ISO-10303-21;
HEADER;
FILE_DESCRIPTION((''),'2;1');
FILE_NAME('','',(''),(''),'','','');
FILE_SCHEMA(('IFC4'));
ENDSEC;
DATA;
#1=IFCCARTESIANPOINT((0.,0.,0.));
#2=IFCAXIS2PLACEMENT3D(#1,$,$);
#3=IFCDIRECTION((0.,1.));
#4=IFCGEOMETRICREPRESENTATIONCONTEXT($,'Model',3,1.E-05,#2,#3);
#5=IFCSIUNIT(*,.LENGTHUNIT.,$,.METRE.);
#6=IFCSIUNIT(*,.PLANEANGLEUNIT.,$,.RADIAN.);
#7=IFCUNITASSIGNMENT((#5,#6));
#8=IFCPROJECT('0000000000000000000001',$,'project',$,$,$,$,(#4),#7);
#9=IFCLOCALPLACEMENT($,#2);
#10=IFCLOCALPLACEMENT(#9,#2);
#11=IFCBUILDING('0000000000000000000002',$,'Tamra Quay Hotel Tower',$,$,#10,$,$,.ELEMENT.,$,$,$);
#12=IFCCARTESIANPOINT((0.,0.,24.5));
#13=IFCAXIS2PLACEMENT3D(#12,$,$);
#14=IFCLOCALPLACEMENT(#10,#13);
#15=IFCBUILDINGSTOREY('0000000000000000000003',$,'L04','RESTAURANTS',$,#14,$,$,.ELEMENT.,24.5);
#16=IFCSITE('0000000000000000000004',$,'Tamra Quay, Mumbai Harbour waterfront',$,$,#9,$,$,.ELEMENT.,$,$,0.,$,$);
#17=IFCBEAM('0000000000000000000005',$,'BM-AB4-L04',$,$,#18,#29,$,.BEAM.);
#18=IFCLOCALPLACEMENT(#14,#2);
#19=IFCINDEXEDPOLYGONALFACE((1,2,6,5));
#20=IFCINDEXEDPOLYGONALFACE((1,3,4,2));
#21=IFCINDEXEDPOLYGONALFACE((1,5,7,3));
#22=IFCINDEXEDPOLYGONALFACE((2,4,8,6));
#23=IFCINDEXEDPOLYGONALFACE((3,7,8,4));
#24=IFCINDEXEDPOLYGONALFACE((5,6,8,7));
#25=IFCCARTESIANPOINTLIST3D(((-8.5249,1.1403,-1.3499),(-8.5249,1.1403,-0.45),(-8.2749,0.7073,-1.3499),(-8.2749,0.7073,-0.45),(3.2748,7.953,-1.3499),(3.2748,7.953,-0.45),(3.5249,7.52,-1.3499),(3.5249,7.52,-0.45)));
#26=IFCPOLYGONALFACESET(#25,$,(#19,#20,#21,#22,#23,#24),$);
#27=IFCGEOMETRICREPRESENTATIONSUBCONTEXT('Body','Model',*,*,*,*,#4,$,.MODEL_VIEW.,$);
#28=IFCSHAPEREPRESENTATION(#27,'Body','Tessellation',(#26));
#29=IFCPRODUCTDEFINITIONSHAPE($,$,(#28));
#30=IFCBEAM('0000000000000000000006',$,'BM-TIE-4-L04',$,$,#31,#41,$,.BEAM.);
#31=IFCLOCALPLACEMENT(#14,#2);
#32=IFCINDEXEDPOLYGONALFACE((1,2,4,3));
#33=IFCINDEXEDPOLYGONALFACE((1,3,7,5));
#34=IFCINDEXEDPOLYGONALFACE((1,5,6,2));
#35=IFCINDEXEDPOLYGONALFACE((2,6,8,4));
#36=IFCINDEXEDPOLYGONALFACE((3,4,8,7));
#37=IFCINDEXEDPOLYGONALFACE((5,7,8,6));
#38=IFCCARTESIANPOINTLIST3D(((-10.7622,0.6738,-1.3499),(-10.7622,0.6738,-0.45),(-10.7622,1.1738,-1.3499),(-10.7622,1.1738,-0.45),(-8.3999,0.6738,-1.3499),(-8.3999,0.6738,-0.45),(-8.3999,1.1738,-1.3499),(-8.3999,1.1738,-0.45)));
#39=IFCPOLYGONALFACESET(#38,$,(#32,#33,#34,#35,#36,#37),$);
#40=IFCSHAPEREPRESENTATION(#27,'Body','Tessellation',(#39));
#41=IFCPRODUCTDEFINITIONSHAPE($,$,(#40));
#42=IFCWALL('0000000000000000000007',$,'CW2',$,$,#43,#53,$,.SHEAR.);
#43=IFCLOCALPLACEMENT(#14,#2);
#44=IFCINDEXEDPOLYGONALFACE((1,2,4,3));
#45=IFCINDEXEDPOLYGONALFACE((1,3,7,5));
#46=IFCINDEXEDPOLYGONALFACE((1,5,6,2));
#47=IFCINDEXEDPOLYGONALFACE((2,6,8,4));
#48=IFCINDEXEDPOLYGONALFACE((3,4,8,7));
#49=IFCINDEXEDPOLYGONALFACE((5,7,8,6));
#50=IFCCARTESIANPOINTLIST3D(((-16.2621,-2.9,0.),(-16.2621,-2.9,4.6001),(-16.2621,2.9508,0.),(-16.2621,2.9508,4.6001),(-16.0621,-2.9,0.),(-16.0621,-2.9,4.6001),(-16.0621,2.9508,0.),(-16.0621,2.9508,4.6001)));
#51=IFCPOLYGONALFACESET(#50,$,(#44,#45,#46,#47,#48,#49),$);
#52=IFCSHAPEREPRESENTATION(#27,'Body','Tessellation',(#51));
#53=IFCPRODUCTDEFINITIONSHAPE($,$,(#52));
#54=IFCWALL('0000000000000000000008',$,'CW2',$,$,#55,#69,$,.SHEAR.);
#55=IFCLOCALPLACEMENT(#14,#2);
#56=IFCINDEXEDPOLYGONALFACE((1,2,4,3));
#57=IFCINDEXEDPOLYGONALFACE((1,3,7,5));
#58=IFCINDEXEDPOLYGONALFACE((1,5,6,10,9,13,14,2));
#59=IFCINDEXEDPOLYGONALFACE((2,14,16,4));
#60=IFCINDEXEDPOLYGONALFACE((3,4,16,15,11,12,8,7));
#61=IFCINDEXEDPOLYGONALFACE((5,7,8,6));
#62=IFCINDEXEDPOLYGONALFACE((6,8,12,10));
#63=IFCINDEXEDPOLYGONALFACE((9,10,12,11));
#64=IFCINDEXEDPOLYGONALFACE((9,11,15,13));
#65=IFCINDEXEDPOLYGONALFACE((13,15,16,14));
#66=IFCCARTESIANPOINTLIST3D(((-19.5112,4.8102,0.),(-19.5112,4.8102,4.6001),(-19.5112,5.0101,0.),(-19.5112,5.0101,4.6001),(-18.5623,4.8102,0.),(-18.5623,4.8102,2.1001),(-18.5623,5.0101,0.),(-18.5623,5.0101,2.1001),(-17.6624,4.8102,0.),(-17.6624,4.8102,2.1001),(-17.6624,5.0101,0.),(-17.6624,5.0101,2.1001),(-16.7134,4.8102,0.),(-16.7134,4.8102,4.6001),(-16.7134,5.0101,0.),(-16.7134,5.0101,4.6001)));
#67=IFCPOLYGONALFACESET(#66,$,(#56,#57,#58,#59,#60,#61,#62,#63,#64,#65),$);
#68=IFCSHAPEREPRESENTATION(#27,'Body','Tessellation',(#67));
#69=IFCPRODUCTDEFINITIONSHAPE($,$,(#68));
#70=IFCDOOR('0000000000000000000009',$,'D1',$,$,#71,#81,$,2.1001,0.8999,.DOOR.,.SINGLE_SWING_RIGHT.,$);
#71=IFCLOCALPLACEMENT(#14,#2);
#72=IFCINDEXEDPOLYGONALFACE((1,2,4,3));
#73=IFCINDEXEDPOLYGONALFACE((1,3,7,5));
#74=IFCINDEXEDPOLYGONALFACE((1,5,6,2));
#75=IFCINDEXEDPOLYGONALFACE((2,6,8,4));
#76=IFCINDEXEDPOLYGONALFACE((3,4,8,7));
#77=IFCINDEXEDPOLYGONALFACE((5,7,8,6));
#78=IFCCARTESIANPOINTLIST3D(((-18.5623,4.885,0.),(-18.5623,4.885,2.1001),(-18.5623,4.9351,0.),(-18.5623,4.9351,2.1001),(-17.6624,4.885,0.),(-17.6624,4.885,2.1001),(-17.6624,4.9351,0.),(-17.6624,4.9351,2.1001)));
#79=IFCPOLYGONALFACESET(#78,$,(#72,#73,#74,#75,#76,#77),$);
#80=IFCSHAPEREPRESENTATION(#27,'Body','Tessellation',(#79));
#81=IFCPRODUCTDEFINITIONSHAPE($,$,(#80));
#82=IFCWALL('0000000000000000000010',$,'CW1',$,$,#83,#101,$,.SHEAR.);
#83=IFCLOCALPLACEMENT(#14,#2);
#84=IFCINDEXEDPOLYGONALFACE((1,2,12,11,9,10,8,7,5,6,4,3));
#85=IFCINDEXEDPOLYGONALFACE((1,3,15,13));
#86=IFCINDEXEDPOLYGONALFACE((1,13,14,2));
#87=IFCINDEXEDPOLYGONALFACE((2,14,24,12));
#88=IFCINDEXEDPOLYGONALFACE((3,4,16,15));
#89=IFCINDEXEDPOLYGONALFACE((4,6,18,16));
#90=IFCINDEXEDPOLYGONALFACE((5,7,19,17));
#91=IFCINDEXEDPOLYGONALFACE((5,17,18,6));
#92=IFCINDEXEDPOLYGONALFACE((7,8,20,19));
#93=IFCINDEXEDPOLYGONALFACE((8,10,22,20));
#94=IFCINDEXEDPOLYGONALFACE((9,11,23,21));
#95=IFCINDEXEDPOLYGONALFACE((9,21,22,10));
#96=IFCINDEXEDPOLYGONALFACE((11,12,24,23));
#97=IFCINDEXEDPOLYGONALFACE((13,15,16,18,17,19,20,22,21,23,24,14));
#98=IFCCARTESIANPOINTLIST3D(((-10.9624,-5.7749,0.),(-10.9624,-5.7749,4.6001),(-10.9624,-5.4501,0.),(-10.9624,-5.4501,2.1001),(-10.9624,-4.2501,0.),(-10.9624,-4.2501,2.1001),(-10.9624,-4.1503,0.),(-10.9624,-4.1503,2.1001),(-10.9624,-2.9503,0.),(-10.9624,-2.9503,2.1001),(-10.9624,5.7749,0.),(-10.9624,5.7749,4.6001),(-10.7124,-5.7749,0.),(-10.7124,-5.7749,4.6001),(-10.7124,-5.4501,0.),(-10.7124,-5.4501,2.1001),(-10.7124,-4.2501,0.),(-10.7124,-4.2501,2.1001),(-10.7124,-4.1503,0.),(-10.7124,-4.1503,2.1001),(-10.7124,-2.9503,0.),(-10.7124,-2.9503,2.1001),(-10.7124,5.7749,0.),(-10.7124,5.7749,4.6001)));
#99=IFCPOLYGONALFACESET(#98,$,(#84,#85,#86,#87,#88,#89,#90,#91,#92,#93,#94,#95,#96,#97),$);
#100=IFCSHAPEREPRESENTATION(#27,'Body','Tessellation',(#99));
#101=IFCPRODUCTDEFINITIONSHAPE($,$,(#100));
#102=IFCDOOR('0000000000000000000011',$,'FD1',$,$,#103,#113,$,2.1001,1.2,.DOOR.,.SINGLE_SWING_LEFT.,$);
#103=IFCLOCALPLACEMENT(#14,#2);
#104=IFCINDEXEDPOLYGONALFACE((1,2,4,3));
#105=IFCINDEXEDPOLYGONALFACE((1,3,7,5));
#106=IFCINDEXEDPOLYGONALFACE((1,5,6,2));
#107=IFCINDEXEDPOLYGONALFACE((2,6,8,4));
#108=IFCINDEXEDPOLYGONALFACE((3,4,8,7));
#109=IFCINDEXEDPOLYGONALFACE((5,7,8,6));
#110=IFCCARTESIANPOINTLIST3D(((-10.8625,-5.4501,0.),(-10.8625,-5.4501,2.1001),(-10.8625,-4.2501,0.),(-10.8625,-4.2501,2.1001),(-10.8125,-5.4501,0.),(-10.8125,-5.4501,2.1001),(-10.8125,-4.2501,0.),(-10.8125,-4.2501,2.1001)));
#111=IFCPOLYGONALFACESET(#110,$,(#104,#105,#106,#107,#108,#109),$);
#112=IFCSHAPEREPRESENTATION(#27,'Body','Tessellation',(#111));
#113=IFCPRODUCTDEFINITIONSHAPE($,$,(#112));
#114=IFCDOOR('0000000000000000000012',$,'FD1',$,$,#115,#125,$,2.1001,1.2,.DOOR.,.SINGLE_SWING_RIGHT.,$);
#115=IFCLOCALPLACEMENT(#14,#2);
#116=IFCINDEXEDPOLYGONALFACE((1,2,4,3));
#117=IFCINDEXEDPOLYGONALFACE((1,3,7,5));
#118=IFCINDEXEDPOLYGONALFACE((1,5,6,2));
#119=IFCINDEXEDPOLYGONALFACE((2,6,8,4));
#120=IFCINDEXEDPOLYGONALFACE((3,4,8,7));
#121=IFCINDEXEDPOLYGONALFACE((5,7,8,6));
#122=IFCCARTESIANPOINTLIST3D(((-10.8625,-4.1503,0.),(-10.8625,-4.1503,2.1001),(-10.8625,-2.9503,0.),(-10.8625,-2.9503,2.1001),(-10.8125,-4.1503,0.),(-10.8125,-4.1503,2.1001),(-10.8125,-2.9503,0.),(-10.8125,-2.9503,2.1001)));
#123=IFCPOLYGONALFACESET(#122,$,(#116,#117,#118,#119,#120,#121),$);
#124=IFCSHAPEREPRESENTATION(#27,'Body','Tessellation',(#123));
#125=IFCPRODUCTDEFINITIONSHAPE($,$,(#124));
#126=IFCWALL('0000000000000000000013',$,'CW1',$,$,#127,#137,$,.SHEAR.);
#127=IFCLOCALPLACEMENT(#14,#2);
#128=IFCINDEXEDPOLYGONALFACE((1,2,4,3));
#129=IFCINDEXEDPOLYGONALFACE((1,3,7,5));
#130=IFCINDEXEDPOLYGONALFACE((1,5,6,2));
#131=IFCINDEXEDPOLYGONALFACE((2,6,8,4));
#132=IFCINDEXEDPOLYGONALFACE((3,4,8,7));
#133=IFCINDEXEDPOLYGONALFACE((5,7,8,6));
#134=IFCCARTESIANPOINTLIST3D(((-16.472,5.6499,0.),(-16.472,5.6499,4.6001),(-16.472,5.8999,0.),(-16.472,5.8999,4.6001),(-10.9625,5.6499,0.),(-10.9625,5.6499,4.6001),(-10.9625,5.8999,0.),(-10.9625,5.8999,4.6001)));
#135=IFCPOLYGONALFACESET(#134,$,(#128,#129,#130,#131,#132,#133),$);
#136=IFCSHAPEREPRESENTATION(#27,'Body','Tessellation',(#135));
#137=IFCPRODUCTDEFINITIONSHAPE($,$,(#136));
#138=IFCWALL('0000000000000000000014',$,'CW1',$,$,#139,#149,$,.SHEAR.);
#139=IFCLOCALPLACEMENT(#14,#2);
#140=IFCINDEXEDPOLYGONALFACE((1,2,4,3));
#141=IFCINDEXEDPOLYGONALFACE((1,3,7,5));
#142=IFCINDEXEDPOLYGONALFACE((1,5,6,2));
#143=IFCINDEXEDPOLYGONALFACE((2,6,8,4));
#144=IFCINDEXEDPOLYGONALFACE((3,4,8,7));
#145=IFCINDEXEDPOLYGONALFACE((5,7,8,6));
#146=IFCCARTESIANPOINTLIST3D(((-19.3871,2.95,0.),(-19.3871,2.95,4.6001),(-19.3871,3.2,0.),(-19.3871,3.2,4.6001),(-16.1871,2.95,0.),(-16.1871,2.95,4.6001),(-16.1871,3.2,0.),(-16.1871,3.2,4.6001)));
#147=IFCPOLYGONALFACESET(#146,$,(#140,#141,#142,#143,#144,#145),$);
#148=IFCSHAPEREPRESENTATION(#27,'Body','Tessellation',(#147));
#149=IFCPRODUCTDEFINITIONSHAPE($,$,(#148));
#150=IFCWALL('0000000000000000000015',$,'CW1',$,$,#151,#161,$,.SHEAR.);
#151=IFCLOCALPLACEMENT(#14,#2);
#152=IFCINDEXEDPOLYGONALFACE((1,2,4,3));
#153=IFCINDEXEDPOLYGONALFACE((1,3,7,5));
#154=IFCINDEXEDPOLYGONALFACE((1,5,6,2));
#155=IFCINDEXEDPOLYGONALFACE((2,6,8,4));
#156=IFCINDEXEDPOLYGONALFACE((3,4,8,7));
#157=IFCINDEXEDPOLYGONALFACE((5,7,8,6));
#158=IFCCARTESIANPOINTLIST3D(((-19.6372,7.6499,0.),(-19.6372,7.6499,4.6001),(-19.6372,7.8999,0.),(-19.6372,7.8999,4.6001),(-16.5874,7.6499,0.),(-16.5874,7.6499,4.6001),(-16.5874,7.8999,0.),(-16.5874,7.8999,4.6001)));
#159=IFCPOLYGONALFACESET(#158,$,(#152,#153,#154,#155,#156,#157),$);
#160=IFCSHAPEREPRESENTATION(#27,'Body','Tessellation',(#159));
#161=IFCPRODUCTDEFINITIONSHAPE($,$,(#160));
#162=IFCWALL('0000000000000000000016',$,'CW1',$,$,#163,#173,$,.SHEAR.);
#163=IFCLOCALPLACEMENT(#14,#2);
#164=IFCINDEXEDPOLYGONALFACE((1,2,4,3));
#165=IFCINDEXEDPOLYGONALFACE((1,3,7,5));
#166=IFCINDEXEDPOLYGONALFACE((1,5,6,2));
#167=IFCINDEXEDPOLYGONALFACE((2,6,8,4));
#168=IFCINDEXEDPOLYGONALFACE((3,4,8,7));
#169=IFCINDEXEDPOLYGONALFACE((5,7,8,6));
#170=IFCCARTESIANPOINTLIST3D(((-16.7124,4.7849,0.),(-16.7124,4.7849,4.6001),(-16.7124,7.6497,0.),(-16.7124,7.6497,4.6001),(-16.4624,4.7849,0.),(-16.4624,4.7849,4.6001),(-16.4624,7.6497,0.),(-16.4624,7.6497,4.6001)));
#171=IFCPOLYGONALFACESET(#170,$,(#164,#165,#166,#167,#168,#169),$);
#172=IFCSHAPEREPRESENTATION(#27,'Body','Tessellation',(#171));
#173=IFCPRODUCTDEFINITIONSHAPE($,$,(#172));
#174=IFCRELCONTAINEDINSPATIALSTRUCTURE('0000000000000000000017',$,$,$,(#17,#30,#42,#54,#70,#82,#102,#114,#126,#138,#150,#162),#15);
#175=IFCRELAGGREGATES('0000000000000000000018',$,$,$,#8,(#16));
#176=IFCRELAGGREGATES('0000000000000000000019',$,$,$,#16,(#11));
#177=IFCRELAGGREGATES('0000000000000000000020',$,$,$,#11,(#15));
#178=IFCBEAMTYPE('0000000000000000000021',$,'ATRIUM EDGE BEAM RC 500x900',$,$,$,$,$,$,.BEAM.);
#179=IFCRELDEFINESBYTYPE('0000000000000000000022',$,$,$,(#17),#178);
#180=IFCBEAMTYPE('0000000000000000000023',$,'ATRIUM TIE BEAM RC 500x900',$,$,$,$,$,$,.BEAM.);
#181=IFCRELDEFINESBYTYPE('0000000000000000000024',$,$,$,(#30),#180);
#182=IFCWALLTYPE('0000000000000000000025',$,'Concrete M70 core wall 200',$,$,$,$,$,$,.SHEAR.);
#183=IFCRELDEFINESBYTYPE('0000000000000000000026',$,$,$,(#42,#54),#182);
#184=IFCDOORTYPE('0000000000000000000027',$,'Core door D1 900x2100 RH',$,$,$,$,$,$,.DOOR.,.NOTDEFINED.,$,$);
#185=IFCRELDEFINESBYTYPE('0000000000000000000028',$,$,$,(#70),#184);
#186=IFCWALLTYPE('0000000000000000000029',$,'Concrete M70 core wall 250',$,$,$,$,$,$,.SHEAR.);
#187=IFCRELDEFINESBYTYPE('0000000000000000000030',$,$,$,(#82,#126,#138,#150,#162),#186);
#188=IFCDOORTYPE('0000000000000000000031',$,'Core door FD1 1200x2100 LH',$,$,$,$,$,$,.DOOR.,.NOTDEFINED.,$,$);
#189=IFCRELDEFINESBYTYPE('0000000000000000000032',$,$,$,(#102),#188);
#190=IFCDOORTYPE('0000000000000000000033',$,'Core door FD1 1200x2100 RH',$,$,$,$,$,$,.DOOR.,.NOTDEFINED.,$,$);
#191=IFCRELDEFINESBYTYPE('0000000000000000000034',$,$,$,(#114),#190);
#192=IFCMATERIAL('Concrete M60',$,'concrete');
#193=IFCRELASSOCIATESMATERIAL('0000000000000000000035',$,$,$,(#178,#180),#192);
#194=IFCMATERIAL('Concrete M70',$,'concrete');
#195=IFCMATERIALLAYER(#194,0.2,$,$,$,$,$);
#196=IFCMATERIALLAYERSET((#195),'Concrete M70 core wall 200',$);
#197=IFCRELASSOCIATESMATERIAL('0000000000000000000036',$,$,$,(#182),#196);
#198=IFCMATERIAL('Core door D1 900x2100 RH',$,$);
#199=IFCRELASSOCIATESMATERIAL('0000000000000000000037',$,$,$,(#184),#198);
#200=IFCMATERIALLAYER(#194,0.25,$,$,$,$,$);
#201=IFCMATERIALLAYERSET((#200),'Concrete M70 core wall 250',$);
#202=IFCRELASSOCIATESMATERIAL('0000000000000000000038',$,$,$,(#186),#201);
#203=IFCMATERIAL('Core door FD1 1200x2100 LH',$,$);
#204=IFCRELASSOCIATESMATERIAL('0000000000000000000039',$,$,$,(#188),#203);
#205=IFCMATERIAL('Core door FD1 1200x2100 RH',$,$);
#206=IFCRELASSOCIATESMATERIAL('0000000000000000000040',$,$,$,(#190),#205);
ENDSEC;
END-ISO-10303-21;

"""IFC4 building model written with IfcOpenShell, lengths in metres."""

from ifc_helpers import new_model, si_unit, direction, frame, frame_2d, origin, origin_2d, place, context, subcontext, project, spatial, rectangle, extrude, material, layer, layer_set, material_profile, profile_set, type_object, element, fill, save


model = new_model("IFC4")

# Units and contexts
model_context = context("Model", 3, precision=1e-05, world=origin(), true_north=direction((0.0, 1.0)))
body_context = subcontext(model_context, "Body", "Model", "MODEL_VIEW")
ifc_project = project(units=[si_unit("LENGTHUNIT", "METRE"), si_unit("PLANEANGLEUNIT", "RADIAN")], contexts=[model_context])

# Site, building, storey
site_placement = place(None, origin())
site = spatial("IfcSite", under=ifc_project, at=site_placement, Name="Tamra Quay, Mumbai Harbour waterfront", CompositionType="ELEMENT", RefElevation=0.0)
building_placement = place(site_placement, origin())
building = spatial("IfcBuilding", under=site, at=building_placement, Name="Tamra Quay Hotel Tower", CompositionType="ELEMENT")
storey_placement = place(building_placement, frame((0.0, 0.0, 24.5)))
storey = spatial("IfcBuildingStorey", under=building, at=storey_placement, Name="L04", Description="RESTAURANTS", CompositionType="ELEMENT", Elevation=24.5)

# Beams
ifc_material_1 = material(Name="Concrete M60", Category="concrete")
ifc_material_profile_1 = material_profile(ifc_material_1, rectangle(XDim=0.5, YDim=0.8999, at=origin_2d()), Name="ATRIUM EDGE BEAM RC 500x900")
ifc_profile_set_1 = profile_set([ifc_material_profile_1], Name="Concrete M60")
beam_type_1 = type_object("IfcBeamType", Name="ATRIUM EDGE BEAM RC 500x900", PredefinedType="BEAM", material=ifc_profile_set_1)
beam_1_placement = place(storey_placement, frame((-8.3999, 0.9238, -0.8999), z_axis=(0.866021, 0.500007, 0.0), x_axis=(-0.500007, 0.866021, 0.0)))
element("IfcBeam", 1, at=beam_1_placement, inside=storey, type_object=beam_type_1, Name="BM-AB4-L04", PredefinedType="BEAM", context=body_context, shape_type="SweptSolid", body=[
    extrude(rectangle(XDim=0.5, YDim=0.8999, at=origin_2d()), origin(), (0.0, 0.0, 1.0), 13.6252),
])
ifc_material_profile_2 = material_profile(ifc_material_1, rectangle(XDim=0.5, YDim=0.8999, at=origin_2d()), Name="ATRIUM TIE BEAM RC 500x900")
ifc_profile_set_2 = profile_set([ifc_material_profile_2], Name="Concrete M60")
beam_type_2 = type_object("IfcBeamType", Name="ATRIUM TIE BEAM RC 500x900", PredefinedType="BEAM", material=ifc_profile_set_2)
beam_2_placement = place(storey_placement, frame((-8.3999, 0.9238, -0.8999), z_axis=(-1.0, 0.0, 0.0), x_axis=(0.0, -1.0, 0.0)))
element("IfcBeam", 2, at=beam_2_placement, inside=storey, type_object=beam_type_2, Name="BM-TIE-4-L04", PredefinedType="BEAM", context=body_context, shape_type="SweptSolid", body=[
    extrude(rectangle(XDim=0.5, YDim=0.8999, at=origin_2d()), origin(), (0.0, 0.0, 1.0), 2.3623),
])

# Wall
ifc_material_2 = material(Name="Concrete M70", Category="concrete")
ifc_layer_1 = layer(ifc_material_2, 0.2)
ifc_layer_set_1 = layer_set([ifc_layer_1], Name="Concrete M70 core wall 200")
wall_type_1 = type_object("IfcWallType", Name="Concrete M70 core wall 200", PredefinedType="SHEAR", material=ifc_layer_set_1)
wall_1_placement = place(storey_placement, frame((-16.1621, 2.9507, 0.0), z_axis=(0.0, 0.0, 1.0), x_axis=(0.0, -1.0, 0.0)))
element("IfcWall", 3, at=wall_1_placement, inside=storey, type_object=wall_type_1, Name="CW2", PredefinedType="SHEAR", context=body_context, shape_type="SweptSolid", body=[
    extrude(rectangle(XDim=5.8508, YDim=0.2, at=frame_2d((2.9253, 0.0))), origin(), (0.0, 0.0, 1.0), 4.6001),
])

# Wall, opening, door
wall_2_placement = place(storey_placement, frame((-19.5112, 4.9102, 0.0), z_axis=(0.0, 0.0, 1.0), x_axis=(1.0, 0.0, 0.0)))
wall_2 = element("IfcWall", 4, at=wall_2_placement, inside=storey, type_object=wall_type_1, Name="CW2", PredefinedType="SHEAR", context=body_context, shape_type="SweptSolid", body=[
    extrude(rectangle(XDim=2.7979, YDim=0.2, at=frame_2d((1.3989, 0.0))), origin(), (0.0, 0.0, 1.0), 4.6001),
])
opening_1_placement = place(wall_2_placement, frame((0.949, 0.0, 0.0)))
opening_1 = element("IfcOpeningElement", 5, at=opening_1_placement, cuts=wall_2, PredefinedType="OPENING", context=body_context, shape_type="SweptSolid", body=[
    extrude(rectangle(XDim=0.8999, YDim=2.1001, at=frame_2d((0.45, 1.05))), frame((0.0, 0.1099, 0.0), z_axis=(0.0, -1.0, 0.0), x_axis=(1.0, 0.0, 0.0)), (0.0, 0.0, 1.0), 0.22),
])
ifc_material_3 = material(Name="Core door D1 900x2100 RH")
door_type_1 = type_object("IfcDoorType", Name="Core door D1 900x2100 RH", OperationType="NOTDEFINED", PredefinedType="DOOR", material=ifc_material_3)
door_1_placement = place(opening_1_placement, origin())
door_1 = element("IfcDoor", 6, at=door_1_placement, inside=storey, type_object=door_type_1, Name="D1", OperationType="SINGLE_SWING_RIGHT", OverallHeight=2.1001, OverallWidth=0.8999, PredefinedType="DOOR", context=body_context, shape_type="SweptSolid", body=[
    extrude(rectangle(XDim=0.8999, YDim=2.1001, at=frame_2d((0.45, 1.05))), frame((0.0, 0.0249, 0.0), z_axis=(0.0, -1.0, 0.0), x_axis=(1.0, 0.0, 0.0)), (0.0, 0.0, 1.0), 0.05),
])
fill(opening_1, door_1)

# Wall, openings, doors
ifc_layer_2 = layer(ifc_material_2, 0.25)
ifc_layer_set_2 = layer_set([ifc_layer_2], Name="Concrete M70 core wall 250")
wall_type_2 = type_object("IfcWallType", Name="Concrete M70 core wall 250", PredefinedType="SHEAR", material=ifc_layer_set_2)
wall_3_placement = place(storey_placement, frame((-10.8374, 5.7749, 0.0), z_axis=(0.0, 0.0, 1.0), x_axis=(0.0, -1.0, 0.0)))
wall_3 = element("IfcWall", 7, at=wall_3_placement, inside=storey, type_object=wall_type_2, Name="CW1", PredefinedType="SHEAR", context=body_context, shape_type="SweptSolid", body=[
    extrude(rectangle(XDim=11.5498, YDim=0.25, at=frame_2d((5.7749, 0.0))), origin(), (0.0, 0.0, 1.0), 4.6001),
])
opening_2_placement = place(wall_3_placement, frame((10.0249, 0.0, 0.0)))
opening_2 = element("IfcOpeningElement", 8, at=opening_2_placement, cuts=wall_3, PredefinedType="OPENING", context=body_context, shape_type="SweptSolid", body=[
    extrude(rectangle(XDim=1.2, YDim=2.1001, at=frame_2d((0.6001, 1.05))), frame((0.0, 0.135, 0.0), z_axis=(0.0, -1.0, 0.0), x_axis=(1.0, 0.0, 0.0)), (0.0, 0.0, 1.0), 0.27),
])
opening_3_placement = place(wall_3_placement, frame((8.7251, 0.0, 0.0)))
opening_3 = element("IfcOpeningElement", 9, at=opening_3_placement, cuts=wall_3, PredefinedType="OPENING", context=body_context, shape_type="SweptSolid", body=[
    extrude(rectangle(XDim=1.2, YDim=2.1001, at=frame_2d((0.6001, 1.05))), frame((0.0, 0.135, 0.0), z_axis=(0.0, -1.0, 0.0), x_axis=(1.0, 0.0, 0.0)), (0.0, 0.0, 1.0), 0.27),
])
ifc_material_4 = material(Name="Core door FD1 1200x2100 LH")
door_type_2 = type_object("IfcDoorType", Name="Core door FD1 1200x2100 LH", OperationType="NOTDEFINED", PredefinedType="DOOR", material=ifc_material_4)
door_2_placement = place(opening_2_placement, origin())
door_2 = element("IfcDoor", 10, at=door_2_placement, inside=storey, type_object=door_type_2, Name="FD1", OperationType="SINGLE_SWING_LEFT", OverallHeight=2.1001, OverallWidth=1.2, PredefinedType="DOOR", context=body_context, shape_type="SweptSolid", body=[
    extrude(rectangle(XDim=1.2, YDim=2.1001, at=frame_2d((0.6001, 1.05))), frame((0.0, 0.0249, 0.0), z_axis=(0.0, -1.0, 0.0), x_axis=(1.0, 0.0, 0.0)), (0.0, 0.0, 1.0), 0.05),
])
fill(opening_2, door_2)
ifc_material_5 = material(Name="Core door FD1 1200x2100 RH")
door_type_3 = type_object("IfcDoorType", Name="Core door FD1 1200x2100 RH", OperationType="NOTDEFINED", PredefinedType="DOOR", material=ifc_material_5)
door_3_placement = place(opening_3_placement, origin())
door_3 = element("IfcDoor", 11, at=door_3_placement, inside=storey, type_object=door_type_3, Name="FD1", OperationType="SINGLE_SWING_RIGHT", OverallHeight=2.1001, OverallWidth=1.2, PredefinedType="DOOR", context=body_context, shape_type="SweptSolid", body=[
    extrude(rectangle(XDim=1.2, YDim=2.1001, at=frame_2d((0.6001, 1.05))), frame((0.0, 0.0249, 0.0), z_axis=(0.0, -1.0, 0.0), x_axis=(1.0, 0.0, 0.0)), (0.0, 0.0, 1.0), 0.05),
])
fill(opening_3, door_3)

# Walls
wall_4_placement = place(storey_placement, frame((-16.4722, 5.7749, 0.0), z_axis=(0.0, 0.0, 1.0), x_axis=(1.0, 0.0, 0.0)))
element("IfcWall", 12, at=wall_4_placement, inside=storey, type_object=wall_type_2, Name="CW1", PredefinedType="SHEAR", context=body_context, shape_type="SweptSolid", body=[
    extrude(rectangle(XDim=5.5095, YDim=0.25, at=frame_2d((2.7549, 0.0))), origin(), (0.0, 0.0, 1.0), 4.6001),
])
wall_5_placement = place(storey_placement, frame((-19.3872, 3.075, 0.0), z_axis=(0.0, 0.0, 1.0), x_axis=(1.0, 0.0, 0.0)))
element("IfcWall", 13, at=wall_5_placement, inside=storey, type_object=wall_type_2, Name="CW1", PredefinedType="SHEAR", context=body_context, shape_type="SweptSolid", body=[
    extrude(rectangle(XDim=3.2, YDim=0.25, at=frame_2d((1.6001, 0.0))), origin(), (0.0, 0.0, 1.0), 4.6001),
])
wall_6_placement = place(storey_placement, frame((-19.6372, 7.7749, 0.0), z_axis=(0.0, 0.0, 1.0), x_axis=(1.0, 0.0, 0.0)))
element("IfcWall", 14, at=wall_6_placement, inside=storey, type_object=wall_type_2, Name="CW1", PredefinedType="SHEAR", context=body_context, shape_type="SweptSolid", body=[
    extrude(rectangle(XDim=3.0498, YDim=0.25, at=frame_2d((1.5249, 0.0))), origin(), (0.0, 0.0, 1.0), 4.6001),
])
for number, where, z_axis, x_axis, name in (
    (15, (-16.5874, 7.6497, 0.0), (0.0, 0.0, 1.0), (0.0, -1.0, 0.0), "CW1"),
):
    element("IfcWall", number, at=place(storey_placement, frame(where, z_axis=z_axis, x_axis=x_axis)), inside=storey, type_object=wall_type_2, Name=name, PredefinedType="SHEAR", context=body_context, shape_type="SweptSolid", body=[
        extrude(rectangle(XDim=2.8647, YDim=0.25, at=frame_2d((1.4324, 0.0))), origin(), (0.0, 0.0, 1.0), 4.6001),
    ])

save(model, "model.ifc")
